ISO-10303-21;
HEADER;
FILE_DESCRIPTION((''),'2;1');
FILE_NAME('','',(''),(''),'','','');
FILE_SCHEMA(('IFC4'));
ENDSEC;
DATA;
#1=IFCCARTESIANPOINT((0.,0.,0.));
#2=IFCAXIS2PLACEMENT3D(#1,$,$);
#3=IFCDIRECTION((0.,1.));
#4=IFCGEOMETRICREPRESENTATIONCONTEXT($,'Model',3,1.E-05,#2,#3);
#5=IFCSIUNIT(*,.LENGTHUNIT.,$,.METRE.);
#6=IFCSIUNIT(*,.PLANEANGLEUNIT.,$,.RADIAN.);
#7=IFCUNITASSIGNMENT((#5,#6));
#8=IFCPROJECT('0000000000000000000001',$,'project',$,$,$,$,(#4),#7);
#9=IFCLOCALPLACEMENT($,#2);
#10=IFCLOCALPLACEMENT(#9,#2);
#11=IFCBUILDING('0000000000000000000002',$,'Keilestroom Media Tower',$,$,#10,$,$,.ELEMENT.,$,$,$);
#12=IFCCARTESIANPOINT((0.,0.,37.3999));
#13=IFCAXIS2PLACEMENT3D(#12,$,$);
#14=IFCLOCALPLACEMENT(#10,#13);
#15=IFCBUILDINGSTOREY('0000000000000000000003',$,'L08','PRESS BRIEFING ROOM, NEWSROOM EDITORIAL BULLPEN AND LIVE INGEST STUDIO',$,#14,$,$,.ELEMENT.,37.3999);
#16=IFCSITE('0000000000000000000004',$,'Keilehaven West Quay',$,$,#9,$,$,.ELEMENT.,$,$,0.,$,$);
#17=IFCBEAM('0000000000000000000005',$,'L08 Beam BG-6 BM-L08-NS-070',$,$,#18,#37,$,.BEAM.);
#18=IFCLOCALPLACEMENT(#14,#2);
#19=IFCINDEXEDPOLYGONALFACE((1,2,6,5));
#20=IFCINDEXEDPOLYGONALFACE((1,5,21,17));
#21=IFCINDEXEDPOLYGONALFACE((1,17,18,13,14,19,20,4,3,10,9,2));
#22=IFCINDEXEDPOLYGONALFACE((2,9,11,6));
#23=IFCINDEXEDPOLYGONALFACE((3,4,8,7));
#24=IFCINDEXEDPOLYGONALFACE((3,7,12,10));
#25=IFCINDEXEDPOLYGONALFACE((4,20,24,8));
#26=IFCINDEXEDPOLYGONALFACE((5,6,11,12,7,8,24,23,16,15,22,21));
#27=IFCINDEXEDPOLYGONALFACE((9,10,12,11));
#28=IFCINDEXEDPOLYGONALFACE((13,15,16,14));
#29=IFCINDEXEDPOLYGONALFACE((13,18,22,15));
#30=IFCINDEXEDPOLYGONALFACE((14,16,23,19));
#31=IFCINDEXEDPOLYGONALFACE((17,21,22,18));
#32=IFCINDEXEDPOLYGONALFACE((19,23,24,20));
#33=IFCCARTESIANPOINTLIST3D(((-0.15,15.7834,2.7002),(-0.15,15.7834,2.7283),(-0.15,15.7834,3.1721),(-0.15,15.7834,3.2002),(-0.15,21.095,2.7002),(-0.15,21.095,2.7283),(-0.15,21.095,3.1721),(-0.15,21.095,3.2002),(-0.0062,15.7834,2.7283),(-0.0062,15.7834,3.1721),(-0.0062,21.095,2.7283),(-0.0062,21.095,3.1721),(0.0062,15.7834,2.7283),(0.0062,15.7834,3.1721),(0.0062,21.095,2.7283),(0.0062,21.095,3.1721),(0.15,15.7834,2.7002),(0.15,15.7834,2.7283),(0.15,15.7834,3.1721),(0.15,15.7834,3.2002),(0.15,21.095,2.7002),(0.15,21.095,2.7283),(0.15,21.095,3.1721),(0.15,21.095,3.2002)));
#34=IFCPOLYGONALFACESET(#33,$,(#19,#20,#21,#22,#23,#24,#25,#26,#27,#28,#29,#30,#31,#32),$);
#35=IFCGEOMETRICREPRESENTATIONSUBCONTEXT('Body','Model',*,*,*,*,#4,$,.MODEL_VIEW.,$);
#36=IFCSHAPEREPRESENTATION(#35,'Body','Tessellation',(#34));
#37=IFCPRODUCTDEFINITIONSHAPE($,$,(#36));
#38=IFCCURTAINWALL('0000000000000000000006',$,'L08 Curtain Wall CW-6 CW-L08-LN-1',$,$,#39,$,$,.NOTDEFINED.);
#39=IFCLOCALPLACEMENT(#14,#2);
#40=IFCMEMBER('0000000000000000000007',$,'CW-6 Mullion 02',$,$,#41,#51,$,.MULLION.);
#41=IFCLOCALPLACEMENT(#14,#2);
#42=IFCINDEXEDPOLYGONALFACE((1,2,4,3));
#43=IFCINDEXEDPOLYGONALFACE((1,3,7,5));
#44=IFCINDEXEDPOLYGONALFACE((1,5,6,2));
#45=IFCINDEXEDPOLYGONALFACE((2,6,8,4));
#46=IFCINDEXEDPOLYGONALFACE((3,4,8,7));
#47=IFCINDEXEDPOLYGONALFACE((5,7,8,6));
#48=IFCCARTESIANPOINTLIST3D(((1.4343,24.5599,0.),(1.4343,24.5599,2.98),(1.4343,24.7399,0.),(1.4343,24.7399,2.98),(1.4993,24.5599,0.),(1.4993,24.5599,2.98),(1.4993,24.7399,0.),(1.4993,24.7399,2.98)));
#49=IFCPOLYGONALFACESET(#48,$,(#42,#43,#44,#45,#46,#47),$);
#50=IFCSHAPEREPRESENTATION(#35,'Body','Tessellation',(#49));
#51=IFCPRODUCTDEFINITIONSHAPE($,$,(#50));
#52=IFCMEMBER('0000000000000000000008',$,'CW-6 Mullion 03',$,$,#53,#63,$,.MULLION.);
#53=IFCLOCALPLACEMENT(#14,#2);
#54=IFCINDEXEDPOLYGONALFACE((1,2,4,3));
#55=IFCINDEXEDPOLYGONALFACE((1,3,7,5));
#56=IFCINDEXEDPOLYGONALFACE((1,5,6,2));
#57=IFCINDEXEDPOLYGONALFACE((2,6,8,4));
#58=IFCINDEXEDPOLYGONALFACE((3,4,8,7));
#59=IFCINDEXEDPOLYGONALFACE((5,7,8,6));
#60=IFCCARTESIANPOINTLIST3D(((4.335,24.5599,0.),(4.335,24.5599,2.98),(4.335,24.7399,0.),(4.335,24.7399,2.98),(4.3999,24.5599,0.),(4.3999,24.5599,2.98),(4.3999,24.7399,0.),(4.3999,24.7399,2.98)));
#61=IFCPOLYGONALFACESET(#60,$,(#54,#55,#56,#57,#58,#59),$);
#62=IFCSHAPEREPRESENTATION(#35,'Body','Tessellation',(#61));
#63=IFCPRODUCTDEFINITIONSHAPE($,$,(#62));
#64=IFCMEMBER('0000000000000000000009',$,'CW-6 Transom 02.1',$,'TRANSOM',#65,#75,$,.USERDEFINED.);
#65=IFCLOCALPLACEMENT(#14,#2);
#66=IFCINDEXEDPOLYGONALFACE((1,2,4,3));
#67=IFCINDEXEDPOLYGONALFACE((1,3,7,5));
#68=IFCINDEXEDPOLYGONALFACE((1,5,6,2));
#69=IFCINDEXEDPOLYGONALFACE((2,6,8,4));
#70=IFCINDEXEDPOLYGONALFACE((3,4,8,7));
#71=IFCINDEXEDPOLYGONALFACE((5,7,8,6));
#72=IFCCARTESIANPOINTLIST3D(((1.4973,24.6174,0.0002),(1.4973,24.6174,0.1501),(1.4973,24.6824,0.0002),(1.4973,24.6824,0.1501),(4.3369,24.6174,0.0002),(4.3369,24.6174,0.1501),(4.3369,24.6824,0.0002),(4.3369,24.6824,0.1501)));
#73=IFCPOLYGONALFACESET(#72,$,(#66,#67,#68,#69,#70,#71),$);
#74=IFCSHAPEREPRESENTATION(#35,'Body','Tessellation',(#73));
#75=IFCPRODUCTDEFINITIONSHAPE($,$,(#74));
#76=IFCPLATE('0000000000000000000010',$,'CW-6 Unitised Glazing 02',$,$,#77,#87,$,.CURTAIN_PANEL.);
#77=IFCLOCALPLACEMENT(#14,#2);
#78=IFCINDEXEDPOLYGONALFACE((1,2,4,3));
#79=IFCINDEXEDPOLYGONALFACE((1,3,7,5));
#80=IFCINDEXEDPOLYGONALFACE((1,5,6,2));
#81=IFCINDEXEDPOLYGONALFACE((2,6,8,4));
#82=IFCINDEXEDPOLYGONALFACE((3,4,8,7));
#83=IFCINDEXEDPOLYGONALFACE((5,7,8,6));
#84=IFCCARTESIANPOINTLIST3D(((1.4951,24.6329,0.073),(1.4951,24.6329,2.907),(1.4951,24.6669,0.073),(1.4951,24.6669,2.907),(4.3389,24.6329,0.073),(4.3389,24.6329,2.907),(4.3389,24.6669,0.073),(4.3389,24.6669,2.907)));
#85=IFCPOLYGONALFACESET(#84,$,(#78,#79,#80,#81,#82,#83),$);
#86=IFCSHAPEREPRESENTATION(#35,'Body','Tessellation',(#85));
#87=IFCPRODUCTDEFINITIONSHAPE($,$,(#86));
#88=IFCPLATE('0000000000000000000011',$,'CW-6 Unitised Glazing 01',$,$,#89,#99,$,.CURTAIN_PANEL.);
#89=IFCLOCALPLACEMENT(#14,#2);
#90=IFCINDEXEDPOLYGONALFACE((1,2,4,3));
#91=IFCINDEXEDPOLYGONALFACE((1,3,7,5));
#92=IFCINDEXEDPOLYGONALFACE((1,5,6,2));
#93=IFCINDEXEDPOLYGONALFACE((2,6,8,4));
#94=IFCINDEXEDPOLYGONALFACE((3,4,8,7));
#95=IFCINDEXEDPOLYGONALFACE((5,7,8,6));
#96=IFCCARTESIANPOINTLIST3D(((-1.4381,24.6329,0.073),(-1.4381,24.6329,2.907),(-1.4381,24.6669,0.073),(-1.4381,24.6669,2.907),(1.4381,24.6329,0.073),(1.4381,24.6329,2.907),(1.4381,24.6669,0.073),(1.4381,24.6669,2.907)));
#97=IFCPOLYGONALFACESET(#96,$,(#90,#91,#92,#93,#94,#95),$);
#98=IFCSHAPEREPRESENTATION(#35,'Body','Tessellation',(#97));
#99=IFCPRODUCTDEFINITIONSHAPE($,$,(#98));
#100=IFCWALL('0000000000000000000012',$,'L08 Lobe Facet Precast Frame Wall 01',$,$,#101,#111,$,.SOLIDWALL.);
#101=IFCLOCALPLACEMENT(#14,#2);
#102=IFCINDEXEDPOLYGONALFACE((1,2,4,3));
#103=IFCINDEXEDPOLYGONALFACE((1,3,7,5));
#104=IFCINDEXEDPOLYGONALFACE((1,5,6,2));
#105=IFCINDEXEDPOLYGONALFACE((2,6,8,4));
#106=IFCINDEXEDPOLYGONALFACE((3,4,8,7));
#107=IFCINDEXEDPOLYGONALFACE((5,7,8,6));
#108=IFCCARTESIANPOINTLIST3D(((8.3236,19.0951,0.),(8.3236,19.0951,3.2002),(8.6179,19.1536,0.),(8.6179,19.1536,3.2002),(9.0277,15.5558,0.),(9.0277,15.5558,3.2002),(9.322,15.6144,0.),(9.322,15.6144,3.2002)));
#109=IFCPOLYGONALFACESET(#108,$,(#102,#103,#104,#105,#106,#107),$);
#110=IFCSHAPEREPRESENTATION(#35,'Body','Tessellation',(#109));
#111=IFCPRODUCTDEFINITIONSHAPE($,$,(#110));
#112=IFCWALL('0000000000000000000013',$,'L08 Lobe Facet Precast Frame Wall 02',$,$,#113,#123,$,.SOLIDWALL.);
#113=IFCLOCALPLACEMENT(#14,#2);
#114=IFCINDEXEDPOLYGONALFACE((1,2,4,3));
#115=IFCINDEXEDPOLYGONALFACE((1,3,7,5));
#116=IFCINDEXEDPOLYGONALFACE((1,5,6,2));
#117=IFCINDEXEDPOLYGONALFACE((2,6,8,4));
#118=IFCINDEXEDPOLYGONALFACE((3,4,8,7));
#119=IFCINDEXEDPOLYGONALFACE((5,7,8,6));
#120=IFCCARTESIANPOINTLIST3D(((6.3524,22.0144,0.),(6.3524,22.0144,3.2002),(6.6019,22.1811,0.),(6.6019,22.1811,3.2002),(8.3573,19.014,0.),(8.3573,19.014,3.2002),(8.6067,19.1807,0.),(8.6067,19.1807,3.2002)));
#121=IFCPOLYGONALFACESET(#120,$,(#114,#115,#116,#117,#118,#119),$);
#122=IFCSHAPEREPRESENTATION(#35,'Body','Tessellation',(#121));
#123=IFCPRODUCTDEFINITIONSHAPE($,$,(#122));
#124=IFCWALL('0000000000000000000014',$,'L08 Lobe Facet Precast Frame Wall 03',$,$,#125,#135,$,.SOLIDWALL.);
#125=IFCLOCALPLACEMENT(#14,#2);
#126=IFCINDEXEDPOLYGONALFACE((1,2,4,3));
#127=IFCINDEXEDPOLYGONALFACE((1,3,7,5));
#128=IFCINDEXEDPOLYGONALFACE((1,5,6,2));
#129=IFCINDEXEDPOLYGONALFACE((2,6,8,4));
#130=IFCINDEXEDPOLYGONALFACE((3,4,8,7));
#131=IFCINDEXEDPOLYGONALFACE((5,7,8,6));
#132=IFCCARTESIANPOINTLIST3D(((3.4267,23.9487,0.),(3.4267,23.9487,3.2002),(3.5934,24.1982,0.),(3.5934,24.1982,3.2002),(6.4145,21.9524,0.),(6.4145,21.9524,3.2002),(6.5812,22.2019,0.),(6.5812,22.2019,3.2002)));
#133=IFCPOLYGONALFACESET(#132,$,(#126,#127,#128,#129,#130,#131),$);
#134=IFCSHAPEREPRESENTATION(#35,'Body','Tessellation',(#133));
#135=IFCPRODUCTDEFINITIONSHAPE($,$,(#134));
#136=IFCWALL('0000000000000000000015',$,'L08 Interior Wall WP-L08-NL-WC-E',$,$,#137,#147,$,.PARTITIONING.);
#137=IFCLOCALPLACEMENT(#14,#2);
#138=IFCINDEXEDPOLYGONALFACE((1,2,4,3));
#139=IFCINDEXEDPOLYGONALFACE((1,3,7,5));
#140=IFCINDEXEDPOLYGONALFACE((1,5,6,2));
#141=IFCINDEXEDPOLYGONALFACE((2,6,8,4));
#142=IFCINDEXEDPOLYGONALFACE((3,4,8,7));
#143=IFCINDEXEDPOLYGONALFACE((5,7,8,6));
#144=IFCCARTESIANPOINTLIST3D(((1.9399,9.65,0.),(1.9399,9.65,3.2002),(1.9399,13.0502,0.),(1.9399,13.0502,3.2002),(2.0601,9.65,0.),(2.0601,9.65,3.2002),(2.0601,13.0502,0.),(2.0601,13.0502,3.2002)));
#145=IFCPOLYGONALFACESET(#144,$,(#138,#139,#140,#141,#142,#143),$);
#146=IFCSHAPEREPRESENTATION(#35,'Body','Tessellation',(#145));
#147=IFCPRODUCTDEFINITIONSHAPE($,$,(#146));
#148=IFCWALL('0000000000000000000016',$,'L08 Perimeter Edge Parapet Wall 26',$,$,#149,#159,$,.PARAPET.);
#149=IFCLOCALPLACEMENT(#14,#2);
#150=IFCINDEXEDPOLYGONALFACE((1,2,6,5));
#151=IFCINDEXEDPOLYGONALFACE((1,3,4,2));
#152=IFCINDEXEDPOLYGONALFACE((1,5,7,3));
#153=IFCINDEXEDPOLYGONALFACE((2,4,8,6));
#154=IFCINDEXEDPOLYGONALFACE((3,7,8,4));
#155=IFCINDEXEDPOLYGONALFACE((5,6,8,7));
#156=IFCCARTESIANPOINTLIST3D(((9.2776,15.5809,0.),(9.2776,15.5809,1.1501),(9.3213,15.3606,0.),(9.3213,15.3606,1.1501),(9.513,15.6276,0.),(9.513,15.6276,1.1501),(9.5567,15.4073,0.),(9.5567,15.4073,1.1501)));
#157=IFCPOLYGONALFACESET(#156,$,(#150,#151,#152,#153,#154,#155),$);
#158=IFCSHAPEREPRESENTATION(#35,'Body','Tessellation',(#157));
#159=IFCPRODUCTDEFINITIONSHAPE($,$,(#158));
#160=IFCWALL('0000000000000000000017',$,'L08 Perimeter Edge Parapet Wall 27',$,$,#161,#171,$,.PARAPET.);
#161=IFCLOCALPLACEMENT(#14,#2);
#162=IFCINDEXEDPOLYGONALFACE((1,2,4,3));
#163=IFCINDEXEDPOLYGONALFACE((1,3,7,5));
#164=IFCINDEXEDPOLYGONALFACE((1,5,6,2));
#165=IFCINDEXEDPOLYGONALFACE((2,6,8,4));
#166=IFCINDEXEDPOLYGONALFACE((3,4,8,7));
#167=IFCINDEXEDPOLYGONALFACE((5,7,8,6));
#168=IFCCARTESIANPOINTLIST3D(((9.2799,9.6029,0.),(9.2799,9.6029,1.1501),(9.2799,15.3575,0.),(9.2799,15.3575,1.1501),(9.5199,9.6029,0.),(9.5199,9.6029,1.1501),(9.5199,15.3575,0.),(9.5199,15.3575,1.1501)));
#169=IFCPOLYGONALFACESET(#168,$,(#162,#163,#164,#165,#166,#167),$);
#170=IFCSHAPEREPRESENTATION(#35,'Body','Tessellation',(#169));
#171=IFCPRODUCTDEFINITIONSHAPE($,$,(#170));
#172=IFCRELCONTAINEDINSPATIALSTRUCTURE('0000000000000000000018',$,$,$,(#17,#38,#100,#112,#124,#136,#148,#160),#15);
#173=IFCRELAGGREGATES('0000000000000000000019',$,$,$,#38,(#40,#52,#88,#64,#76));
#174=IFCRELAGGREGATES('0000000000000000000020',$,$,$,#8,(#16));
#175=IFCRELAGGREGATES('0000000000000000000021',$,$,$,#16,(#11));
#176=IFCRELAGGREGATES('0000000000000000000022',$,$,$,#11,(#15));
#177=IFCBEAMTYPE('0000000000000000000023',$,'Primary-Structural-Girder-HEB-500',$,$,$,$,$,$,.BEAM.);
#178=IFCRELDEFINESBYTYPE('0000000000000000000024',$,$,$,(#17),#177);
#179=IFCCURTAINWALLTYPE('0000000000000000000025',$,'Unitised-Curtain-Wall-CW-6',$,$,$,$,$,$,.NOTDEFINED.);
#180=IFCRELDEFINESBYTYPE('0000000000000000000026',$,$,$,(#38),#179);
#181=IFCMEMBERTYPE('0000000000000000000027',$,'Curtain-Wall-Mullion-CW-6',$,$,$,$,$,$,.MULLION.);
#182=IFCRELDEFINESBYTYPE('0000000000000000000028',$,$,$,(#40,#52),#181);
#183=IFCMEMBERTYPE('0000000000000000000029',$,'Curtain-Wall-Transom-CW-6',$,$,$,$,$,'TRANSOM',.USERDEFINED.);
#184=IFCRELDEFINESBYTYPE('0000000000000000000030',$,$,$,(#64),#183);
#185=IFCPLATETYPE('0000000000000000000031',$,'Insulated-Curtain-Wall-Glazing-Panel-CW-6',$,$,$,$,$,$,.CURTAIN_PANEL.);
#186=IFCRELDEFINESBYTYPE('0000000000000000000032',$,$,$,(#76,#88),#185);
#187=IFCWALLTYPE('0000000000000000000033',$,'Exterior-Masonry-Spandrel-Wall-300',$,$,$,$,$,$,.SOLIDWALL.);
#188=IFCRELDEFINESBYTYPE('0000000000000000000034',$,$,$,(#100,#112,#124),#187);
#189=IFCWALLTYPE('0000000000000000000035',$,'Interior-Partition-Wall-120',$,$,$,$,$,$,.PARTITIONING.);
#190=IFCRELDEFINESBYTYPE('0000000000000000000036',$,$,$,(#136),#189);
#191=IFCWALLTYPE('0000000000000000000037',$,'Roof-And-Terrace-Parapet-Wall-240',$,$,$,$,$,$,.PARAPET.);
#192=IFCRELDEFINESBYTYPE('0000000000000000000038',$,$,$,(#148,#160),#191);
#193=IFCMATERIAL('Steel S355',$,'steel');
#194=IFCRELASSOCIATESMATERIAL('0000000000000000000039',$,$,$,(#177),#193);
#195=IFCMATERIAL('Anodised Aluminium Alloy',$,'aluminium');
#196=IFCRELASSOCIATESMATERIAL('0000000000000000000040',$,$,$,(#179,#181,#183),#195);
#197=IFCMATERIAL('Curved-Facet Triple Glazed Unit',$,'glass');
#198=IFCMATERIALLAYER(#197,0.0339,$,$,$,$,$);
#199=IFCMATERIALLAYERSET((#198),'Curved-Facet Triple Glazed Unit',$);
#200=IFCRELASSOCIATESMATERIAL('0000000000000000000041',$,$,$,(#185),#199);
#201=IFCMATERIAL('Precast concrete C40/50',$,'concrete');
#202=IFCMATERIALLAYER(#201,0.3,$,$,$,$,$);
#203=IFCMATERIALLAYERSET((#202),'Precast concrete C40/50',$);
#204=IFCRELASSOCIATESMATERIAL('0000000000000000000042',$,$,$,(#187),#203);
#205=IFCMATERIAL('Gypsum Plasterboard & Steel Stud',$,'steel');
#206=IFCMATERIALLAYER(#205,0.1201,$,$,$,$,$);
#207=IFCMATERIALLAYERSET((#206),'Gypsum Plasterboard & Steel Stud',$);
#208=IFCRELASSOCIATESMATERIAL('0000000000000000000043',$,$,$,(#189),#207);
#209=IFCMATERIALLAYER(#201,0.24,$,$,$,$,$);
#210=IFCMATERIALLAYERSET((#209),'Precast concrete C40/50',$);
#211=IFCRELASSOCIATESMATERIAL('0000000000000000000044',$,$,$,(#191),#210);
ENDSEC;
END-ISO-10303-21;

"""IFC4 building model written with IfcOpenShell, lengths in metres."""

from ifc_helpers import new_model, si_unit, direction, frame, frame_2d, origin, origin_2d, place, context, subcontext, project, spatial, rectangle, i_section, extrude, source, transform, mapped, material, layer, layer_set, material_profile, profile_set, type_object, element, aggregate, save


model = new_model("IFC4")

# Units and contexts
model_context = context("Model", 3, precision=1e-05, world=origin(), true_north=direction((0.0, 1.0)))
body_context = subcontext(model_context, "Body", "Model", "MODEL_VIEW")
ifc_project = project(units=[si_unit("LENGTHUNIT", "METRE"), si_unit("PLANEANGLEUNIT", "RADIAN")], contexts=[model_context])

# Site, building, storey
site_placement = place(None, origin())
site = spatial("IfcSite", under=ifc_project, at=site_placement, Name="Keilehaven West Quay", CompositionType="ELEMENT", RefElevation=0.0)
building_placement = place(site_placement, origin())
building = spatial("IfcBuilding", under=site, at=building_placement, Name="Keilestroom Media Tower", CompositionType="ELEMENT")
storey_placement = place(building_placement, frame((0.0, 0.0, 37.3999)))
storey = spatial("IfcBuildingStorey", under=building, at=storey_placement, Name="L08", Description="PRESS BRIEFING ROOM, NEWSROOM EDITORIAL BULLPEN AND LIVE INGEST STUDIO", CompositionType="ELEMENT", Elevation=37.3999)

# Beam
ifc_material_1 = material(Name="Steel S355", Category="steel")
ifc_material_profile_1 = material_profile(ifc_material_1, i_section(OverallWidth=0.3, OverallDepth=0.5, WebThickness=0.0125, FlangeThickness=0.0281, at=origin_2d()), Name="HEB 500")
ifc_profile_set_1 = profile_set([ifc_material_profile_1], Name="Steel S355")
beam_type_1 = type_object("IfcBeamType", Name="Primary-Structural-Girder-HEB-500", PredefinedType="BEAM", material=ifc_profile_set_1)
shared_shape_1 = source(origin(), body_context, "Body", "SweptSolid", [
    extrude(i_section(OverallWidth=0.3, OverallDepth=0.5, WebThickness=0.0125, FlangeThickness=0.0281, at=origin_2d()), origin(), (0.0, 0.0, 1.0), 5.3115),
])
beam_1_placement = place(storey_placement, frame((0.0, 15.7834, 2.9502), z_axis=(0.0, 1.0, 0.0), x_axis=(-1.0, 0.0, 0.0)))
element("IfcBeam", 1, at=beam_1_placement, inside=storey, type_object=beam_type_1, Name="L08 Beam BG-6 BM-L08-NS-070", PredefinedType="BEAM", context=body_context, shape_type="MappedRepresentation", body=[
    mapped(shared_shape_1, transform((0.0, 0.0, 0.0), x_axis=(1.0, 0.0, 0.0), y_axis=(0.0, 1.0, 0.0), z_axis=(0.0, 0.0, 1.0), scale=1.0)),
])

# Curtain wall, members, plates
ifc_material_2 = material(Name="Anodised Aluminium Alloy", Category="aluminium")
curtain_wall_type = type_object("IfcCurtainWallType", Name="Unitised-Curtain-Wall-CW-6", PredefinedType="NOTDEFINED", material=ifc_material_2)
curtain_wall_placement = place(storey_placement, origin())
curtain_wall = element("IfcCurtainWall", 2, at=curtain_wall_placement, inside=storey, type_object=curtain_wall_type, Name="L08 Curtain Wall CW-6 CW-L08-LN-1", PredefinedType="NOTDEFINED")
ifc_material_profile_2 = material_profile(ifc_material_2, rectangle(XDim=0.0649, YDim=0.1799, at=origin_2d()), Name="ALU MULLION 65x180")
ifc_profile_set_2 = profile_set([ifc_material_profile_2], Name="Anodised Aluminium Alloy")
member_type_1 = type_object("IfcMemberType", Name="Curtain-Wall-Mullion-CW-6", PredefinedType="MULLION", material=ifc_profile_set_2)
shared_shape_2 = source(origin(), body_context, "Body", "SweptSolid", [
    extrude(rectangle(XDim=0.0649, YDim=0.1799, at=origin_2d()), origin(), (0.0, 0.0, 1.0), 2.98),
])
member_1_placement = place(storey_placement, frame((1.4668, 24.6499, 0.0), z_axis=(0.0, 0.0, 1.0), x_axis=(1.0, 0.0, 0.0)))
member_1 = element("IfcMember", 3, at=member_1_placement, type_object=member_type_1, Name="CW-6 Mullion 02", PredefinedType="MULLION", context=body_context, shape_type="MappedRepresentation", body=[
    mapped(shared_shape_2, transform((0.0, 0.0, 0.0), x_axis=(1.0, 0.0, 0.0), y_axis=(0.0, 1.0, 0.0), z_axis=(0.0, 0.0, 1.0), scale=1.0)),
])
member_2_placement = place(storey_placement, frame((4.3674, 24.6499, 0.0), z_axis=(0.0, 0.0, 1.0), x_axis=(1.0, 0.0, 0.0)))
member_2 = element("IfcMember", 4, at=member_2_placement, type_object=member_type_1, Name="CW-6 Mullion 03", PredefinedType="MULLION", context=body_context, shape_type="MappedRepresentation", body=[
    mapped(shared_shape_2, transform((0.0, 0.0, 0.0), x_axis=(1.0, 0.0, 0.0), y_axis=(0.0, 1.0, 0.0), z_axis=(0.0, 0.0, 1.0), scale=1.0)),
])
ifc_material_profile_3 = material_profile(ifc_material_2, rectangle(XDim=0.0649, YDim=0.1499, at=origin_2d()), Name="ALU TRANSOM 65x150")
ifc_profile_set_3 = profile_set([ifc_material_profile_3], Name="Anodised Aluminium Alloy")
member_type_2 = type_object("IfcMemberType", Name="Curtain-Wall-Transom-CW-6", ElementType="TRANSOM", PredefinedType="USERDEFINED", material=ifc_profile_set_3)
shared_shape_3 = source(origin(), body_context, "Body", "SweptSolid", [
    extrude(rectangle(XDim=0.0649, YDim=0.1499, at=origin_2d()), origin(), (0.0, 0.0, 1.0), 2.8396),
])
member_3_placement = place(storey_placement, frame((1.4973, 24.6499, 0.0752), z_axis=(1.0, 0.0, 0.0), x_axis=(0.0, 1.0, 0.0)))
member_3 = element("IfcMember", 5, at=member_3_placement, type_object=member_type_2, Name="CW-6 Transom 02.1", ObjectType="TRANSOM", PredefinedType="USERDEFINED", context=body_context, shape_type="MappedRepresentation", body=[
    mapped(shared_shape_3, transform((0.0, 0.0, 0.0), x_axis=(1.0, 0.0, 0.0), y_axis=(0.0, 1.0, 0.0), z_axis=(0.0, 0.0, 1.0), scale=1.0)),
])
ifc_material_3 = material(Name="Curved-Facet Triple Glazed Unit", Category="glass")
ifc_layer_1 = layer(ifc_material_3, 0.0339)
ifc_layer_set_1 = layer_set([ifc_layer_1], Name="Curved-Facet Triple Glazed Unit")
plate_type = type_object("IfcPlateType", Name="Insulated-Curtain-Wall-Glazing-Panel-CW-6", PredefinedType="CURTAIN_PANEL", material=ifc_layer_set_1)
shared_shape_4 = source(origin(), body_context, "Body", "SweptSolid", [
    extrude(rectangle(XDim=2.8438, YDim=0.0339, at=origin_2d()), origin(), (0.0, 0.0, 1.0), 2.834),
])
plate_1_placement = place(storey_placement, frame((2.917, 24.6499, 0.073), z_axis=(0.0, 0.0, 1.0), x_axis=(1.0, 0.0, 0.0)))
plate_1 = element("IfcPlate", 6, at=plate_1_placement, type_object=plate_type, Name="CW-6 Unitised Glazing 02", PredefinedType="CURTAIN_PANEL", context=body_context, shape_type="MappedRepresentation", body=[
    mapped(shared_shape_4, transform((0.0, 0.0, 0.0), x_axis=(1.0, 0.0, 0.0), y_axis=(0.0, 1.0, 0.0), z_axis=(0.0, 0.0, 1.0), scale=1.0)),
])
shared_shape_5 = source(origin(), body_context, "Body", "SweptSolid", [
    extrude(rectangle(XDim=2.8762, YDim=0.0339, at=origin_2d()), origin(), (0.0, 0.0, 1.0), 2.834),
])
plate_2_placement = place(storey_placement, frame((0.0, 24.6499, 0.073), z_axis=(0.0, 0.0, 1.0), x_axis=(1.0, 0.0, 0.0)))
plate_2 = element("IfcPlate", 7, at=plate_2_placement, type_object=plate_type, Name="CW-6 Unitised Glazing 01", PredefinedType="CURTAIN_PANEL", context=body_context, shape_type="MappedRepresentation", body=[
    mapped(shared_shape_5, transform((0.0, 0.0, 0.0), x_axis=(1.0, 0.0, 0.0), y_axis=(0.0, 1.0, 0.0), z_axis=(0.0, 0.0, 1.0), scale=1.0)),
])
aggregate(curtain_wall, [member_1, member_2, plate_2, member_3, plate_1])

# Walls
ifc_material_4 = material(Name="Precast concrete C40/50", Category="concrete")
ifc_layer_2 = layer(ifc_material_4, 0.3)
ifc_layer_set_2 = layer_set([ifc_layer_2], Name="Precast concrete C40/50")
wall_type_1 = type_object("IfcWallType", Name="Exterior-Masonry-Spandrel-Wall-300", PredefinedType="SOLIDWALL", material=ifc_layer_set_2)
for number, where, z_axis, x_axis, name in (
    (8, (9.1748, 15.5852, 0.0), (0.0, 0.0, 1.0), (-0.195114, 0.980781, 0.0), "L08 Lobe Facet Precast Frame Wall 01"),
    (9, (8.4819, 19.0974, 0.0), (0.0, 0.0, 1.0), (-0.555574, 0.831467, 0.0), "L08 Lobe Facet Precast Frame Wall 02"),
):
    element("IfcWall", number, at=place(storey_placement, frame(where, z_axis=z_axis, x_axis=x_axis)), inside=storey, type_object=wall_type_1, Name=name, PredefinedType="SOLIDWALL", context=body_context, shape_type="SweptSolid", body=[
        extrude(rectangle(XDim=3.6086, YDim=0.3, at=frame_2d((1.8042, 0.0))), origin(), (0.0, 0.0, 1.0), 3.2002),
    ])
wall_1_placement = place(storey_placement, frame((6.4978, 22.0771, 0.0), z_axis=(0.0, 0.0, 1.0), x_axis=(-0.831475, 0.555562, 0.0)))
element("IfcWall", 10, at=wall_1_placement, inside=storey, type_object=wall_type_1, Name="L08 Lobe Facet Precast Frame Wall 03", PredefinedType="SOLIDWALL", context=body_context, shape_type="SweptSolid", body=[
    extrude(rectangle(XDim=3.5933, YDim=0.3, at=frame_2d((1.7966, 0.0))), origin(), (0.0, 0.0, 1.0), 3.2002),
])
ifc_material_5 = material(Name="Gypsum Plasterboard & Steel Stud", Category="steel")
ifc_layer_3 = layer(ifc_material_5, 0.1201)
ifc_layer_set_3 = layer_set([ifc_layer_3], Name="Gypsum Plasterboard & Steel Stud")
wall_type_2 = type_object("IfcWallType", Name="Interior-Partition-Wall-120", PredefinedType="PARTITIONING", material=ifc_layer_set_3)
wall_2_placement = place(storey_placement, frame((2.0, 9.6499, 0.0), z_axis=(0.0, 0.0, 1.0), x_axis=(0.0, 1.0, 0.0)))
element("IfcWall", 11, at=wall_2_placement, inside=storey, type_object=wall_type_2, Name="L08 Interior Wall WP-L08-NL-WC-E", PredefinedType="PARTITIONING", context=body_context, shape_type="SweptSolid", body=[
    extrude(rectangle(XDim=3.4001, YDim=0.1201, at=frame_2d((1.7002, 0.0))), origin(), (0.0, 0.0, 1.0), 3.2002),
])
ifc_layer_4 = layer(ifc_material_4, 0.24)
ifc_layer_set_4 = layer_set([ifc_layer_4], Name="Precast concrete C40/50")
wall_type_3 = type_object("IfcWallType", Name="Roof-And-Terrace-Parapet-Wall-240", PredefinedType="PARAPET", material=ifc_layer_set_4)
wall_3_placement = place(storey_placement, frame((9.3953, 15.6042, 0.0), z_axis=(0.0, 0.0, 1.0), x_axis=(0.194652, -0.980872, 0.0)))
element("IfcWall", 12, at=wall_3_placement, inside=storey, type_object=wall_type_3, Name="L08 Perimeter Edge Parapet Wall 26", PredefinedType="PARAPET", context=body_context, shape_type="SweptSolid", body=[
    extrude(rectangle(XDim=0.2246, YDim=0.24, at=frame_2d((0.1123, 0.0))), origin(), (0.0, 0.0, 1.0), 1.1501),
])
wall_4_placement = place(storey_placement, frame((9.3999, 15.3577, 0.0), z_axis=(0.0, 0.0, 1.0), x_axis=(0.0, -1.0, 0.0)))
element("IfcWall", 13, at=wall_4_placement, inside=storey, type_object=wall_type_3, Name="L08 Perimeter Edge Parapet Wall 27", PredefinedType="PARAPET", context=body_context, shape_type="SweptSolid", body=[
    extrude(rectangle(XDim=5.7546, YDim=0.24, at=frame_2d((2.8774, 0.0))), origin(), (0.0, 0.0, 1.0), 1.1501),
])

save(model, "model.ifc")
